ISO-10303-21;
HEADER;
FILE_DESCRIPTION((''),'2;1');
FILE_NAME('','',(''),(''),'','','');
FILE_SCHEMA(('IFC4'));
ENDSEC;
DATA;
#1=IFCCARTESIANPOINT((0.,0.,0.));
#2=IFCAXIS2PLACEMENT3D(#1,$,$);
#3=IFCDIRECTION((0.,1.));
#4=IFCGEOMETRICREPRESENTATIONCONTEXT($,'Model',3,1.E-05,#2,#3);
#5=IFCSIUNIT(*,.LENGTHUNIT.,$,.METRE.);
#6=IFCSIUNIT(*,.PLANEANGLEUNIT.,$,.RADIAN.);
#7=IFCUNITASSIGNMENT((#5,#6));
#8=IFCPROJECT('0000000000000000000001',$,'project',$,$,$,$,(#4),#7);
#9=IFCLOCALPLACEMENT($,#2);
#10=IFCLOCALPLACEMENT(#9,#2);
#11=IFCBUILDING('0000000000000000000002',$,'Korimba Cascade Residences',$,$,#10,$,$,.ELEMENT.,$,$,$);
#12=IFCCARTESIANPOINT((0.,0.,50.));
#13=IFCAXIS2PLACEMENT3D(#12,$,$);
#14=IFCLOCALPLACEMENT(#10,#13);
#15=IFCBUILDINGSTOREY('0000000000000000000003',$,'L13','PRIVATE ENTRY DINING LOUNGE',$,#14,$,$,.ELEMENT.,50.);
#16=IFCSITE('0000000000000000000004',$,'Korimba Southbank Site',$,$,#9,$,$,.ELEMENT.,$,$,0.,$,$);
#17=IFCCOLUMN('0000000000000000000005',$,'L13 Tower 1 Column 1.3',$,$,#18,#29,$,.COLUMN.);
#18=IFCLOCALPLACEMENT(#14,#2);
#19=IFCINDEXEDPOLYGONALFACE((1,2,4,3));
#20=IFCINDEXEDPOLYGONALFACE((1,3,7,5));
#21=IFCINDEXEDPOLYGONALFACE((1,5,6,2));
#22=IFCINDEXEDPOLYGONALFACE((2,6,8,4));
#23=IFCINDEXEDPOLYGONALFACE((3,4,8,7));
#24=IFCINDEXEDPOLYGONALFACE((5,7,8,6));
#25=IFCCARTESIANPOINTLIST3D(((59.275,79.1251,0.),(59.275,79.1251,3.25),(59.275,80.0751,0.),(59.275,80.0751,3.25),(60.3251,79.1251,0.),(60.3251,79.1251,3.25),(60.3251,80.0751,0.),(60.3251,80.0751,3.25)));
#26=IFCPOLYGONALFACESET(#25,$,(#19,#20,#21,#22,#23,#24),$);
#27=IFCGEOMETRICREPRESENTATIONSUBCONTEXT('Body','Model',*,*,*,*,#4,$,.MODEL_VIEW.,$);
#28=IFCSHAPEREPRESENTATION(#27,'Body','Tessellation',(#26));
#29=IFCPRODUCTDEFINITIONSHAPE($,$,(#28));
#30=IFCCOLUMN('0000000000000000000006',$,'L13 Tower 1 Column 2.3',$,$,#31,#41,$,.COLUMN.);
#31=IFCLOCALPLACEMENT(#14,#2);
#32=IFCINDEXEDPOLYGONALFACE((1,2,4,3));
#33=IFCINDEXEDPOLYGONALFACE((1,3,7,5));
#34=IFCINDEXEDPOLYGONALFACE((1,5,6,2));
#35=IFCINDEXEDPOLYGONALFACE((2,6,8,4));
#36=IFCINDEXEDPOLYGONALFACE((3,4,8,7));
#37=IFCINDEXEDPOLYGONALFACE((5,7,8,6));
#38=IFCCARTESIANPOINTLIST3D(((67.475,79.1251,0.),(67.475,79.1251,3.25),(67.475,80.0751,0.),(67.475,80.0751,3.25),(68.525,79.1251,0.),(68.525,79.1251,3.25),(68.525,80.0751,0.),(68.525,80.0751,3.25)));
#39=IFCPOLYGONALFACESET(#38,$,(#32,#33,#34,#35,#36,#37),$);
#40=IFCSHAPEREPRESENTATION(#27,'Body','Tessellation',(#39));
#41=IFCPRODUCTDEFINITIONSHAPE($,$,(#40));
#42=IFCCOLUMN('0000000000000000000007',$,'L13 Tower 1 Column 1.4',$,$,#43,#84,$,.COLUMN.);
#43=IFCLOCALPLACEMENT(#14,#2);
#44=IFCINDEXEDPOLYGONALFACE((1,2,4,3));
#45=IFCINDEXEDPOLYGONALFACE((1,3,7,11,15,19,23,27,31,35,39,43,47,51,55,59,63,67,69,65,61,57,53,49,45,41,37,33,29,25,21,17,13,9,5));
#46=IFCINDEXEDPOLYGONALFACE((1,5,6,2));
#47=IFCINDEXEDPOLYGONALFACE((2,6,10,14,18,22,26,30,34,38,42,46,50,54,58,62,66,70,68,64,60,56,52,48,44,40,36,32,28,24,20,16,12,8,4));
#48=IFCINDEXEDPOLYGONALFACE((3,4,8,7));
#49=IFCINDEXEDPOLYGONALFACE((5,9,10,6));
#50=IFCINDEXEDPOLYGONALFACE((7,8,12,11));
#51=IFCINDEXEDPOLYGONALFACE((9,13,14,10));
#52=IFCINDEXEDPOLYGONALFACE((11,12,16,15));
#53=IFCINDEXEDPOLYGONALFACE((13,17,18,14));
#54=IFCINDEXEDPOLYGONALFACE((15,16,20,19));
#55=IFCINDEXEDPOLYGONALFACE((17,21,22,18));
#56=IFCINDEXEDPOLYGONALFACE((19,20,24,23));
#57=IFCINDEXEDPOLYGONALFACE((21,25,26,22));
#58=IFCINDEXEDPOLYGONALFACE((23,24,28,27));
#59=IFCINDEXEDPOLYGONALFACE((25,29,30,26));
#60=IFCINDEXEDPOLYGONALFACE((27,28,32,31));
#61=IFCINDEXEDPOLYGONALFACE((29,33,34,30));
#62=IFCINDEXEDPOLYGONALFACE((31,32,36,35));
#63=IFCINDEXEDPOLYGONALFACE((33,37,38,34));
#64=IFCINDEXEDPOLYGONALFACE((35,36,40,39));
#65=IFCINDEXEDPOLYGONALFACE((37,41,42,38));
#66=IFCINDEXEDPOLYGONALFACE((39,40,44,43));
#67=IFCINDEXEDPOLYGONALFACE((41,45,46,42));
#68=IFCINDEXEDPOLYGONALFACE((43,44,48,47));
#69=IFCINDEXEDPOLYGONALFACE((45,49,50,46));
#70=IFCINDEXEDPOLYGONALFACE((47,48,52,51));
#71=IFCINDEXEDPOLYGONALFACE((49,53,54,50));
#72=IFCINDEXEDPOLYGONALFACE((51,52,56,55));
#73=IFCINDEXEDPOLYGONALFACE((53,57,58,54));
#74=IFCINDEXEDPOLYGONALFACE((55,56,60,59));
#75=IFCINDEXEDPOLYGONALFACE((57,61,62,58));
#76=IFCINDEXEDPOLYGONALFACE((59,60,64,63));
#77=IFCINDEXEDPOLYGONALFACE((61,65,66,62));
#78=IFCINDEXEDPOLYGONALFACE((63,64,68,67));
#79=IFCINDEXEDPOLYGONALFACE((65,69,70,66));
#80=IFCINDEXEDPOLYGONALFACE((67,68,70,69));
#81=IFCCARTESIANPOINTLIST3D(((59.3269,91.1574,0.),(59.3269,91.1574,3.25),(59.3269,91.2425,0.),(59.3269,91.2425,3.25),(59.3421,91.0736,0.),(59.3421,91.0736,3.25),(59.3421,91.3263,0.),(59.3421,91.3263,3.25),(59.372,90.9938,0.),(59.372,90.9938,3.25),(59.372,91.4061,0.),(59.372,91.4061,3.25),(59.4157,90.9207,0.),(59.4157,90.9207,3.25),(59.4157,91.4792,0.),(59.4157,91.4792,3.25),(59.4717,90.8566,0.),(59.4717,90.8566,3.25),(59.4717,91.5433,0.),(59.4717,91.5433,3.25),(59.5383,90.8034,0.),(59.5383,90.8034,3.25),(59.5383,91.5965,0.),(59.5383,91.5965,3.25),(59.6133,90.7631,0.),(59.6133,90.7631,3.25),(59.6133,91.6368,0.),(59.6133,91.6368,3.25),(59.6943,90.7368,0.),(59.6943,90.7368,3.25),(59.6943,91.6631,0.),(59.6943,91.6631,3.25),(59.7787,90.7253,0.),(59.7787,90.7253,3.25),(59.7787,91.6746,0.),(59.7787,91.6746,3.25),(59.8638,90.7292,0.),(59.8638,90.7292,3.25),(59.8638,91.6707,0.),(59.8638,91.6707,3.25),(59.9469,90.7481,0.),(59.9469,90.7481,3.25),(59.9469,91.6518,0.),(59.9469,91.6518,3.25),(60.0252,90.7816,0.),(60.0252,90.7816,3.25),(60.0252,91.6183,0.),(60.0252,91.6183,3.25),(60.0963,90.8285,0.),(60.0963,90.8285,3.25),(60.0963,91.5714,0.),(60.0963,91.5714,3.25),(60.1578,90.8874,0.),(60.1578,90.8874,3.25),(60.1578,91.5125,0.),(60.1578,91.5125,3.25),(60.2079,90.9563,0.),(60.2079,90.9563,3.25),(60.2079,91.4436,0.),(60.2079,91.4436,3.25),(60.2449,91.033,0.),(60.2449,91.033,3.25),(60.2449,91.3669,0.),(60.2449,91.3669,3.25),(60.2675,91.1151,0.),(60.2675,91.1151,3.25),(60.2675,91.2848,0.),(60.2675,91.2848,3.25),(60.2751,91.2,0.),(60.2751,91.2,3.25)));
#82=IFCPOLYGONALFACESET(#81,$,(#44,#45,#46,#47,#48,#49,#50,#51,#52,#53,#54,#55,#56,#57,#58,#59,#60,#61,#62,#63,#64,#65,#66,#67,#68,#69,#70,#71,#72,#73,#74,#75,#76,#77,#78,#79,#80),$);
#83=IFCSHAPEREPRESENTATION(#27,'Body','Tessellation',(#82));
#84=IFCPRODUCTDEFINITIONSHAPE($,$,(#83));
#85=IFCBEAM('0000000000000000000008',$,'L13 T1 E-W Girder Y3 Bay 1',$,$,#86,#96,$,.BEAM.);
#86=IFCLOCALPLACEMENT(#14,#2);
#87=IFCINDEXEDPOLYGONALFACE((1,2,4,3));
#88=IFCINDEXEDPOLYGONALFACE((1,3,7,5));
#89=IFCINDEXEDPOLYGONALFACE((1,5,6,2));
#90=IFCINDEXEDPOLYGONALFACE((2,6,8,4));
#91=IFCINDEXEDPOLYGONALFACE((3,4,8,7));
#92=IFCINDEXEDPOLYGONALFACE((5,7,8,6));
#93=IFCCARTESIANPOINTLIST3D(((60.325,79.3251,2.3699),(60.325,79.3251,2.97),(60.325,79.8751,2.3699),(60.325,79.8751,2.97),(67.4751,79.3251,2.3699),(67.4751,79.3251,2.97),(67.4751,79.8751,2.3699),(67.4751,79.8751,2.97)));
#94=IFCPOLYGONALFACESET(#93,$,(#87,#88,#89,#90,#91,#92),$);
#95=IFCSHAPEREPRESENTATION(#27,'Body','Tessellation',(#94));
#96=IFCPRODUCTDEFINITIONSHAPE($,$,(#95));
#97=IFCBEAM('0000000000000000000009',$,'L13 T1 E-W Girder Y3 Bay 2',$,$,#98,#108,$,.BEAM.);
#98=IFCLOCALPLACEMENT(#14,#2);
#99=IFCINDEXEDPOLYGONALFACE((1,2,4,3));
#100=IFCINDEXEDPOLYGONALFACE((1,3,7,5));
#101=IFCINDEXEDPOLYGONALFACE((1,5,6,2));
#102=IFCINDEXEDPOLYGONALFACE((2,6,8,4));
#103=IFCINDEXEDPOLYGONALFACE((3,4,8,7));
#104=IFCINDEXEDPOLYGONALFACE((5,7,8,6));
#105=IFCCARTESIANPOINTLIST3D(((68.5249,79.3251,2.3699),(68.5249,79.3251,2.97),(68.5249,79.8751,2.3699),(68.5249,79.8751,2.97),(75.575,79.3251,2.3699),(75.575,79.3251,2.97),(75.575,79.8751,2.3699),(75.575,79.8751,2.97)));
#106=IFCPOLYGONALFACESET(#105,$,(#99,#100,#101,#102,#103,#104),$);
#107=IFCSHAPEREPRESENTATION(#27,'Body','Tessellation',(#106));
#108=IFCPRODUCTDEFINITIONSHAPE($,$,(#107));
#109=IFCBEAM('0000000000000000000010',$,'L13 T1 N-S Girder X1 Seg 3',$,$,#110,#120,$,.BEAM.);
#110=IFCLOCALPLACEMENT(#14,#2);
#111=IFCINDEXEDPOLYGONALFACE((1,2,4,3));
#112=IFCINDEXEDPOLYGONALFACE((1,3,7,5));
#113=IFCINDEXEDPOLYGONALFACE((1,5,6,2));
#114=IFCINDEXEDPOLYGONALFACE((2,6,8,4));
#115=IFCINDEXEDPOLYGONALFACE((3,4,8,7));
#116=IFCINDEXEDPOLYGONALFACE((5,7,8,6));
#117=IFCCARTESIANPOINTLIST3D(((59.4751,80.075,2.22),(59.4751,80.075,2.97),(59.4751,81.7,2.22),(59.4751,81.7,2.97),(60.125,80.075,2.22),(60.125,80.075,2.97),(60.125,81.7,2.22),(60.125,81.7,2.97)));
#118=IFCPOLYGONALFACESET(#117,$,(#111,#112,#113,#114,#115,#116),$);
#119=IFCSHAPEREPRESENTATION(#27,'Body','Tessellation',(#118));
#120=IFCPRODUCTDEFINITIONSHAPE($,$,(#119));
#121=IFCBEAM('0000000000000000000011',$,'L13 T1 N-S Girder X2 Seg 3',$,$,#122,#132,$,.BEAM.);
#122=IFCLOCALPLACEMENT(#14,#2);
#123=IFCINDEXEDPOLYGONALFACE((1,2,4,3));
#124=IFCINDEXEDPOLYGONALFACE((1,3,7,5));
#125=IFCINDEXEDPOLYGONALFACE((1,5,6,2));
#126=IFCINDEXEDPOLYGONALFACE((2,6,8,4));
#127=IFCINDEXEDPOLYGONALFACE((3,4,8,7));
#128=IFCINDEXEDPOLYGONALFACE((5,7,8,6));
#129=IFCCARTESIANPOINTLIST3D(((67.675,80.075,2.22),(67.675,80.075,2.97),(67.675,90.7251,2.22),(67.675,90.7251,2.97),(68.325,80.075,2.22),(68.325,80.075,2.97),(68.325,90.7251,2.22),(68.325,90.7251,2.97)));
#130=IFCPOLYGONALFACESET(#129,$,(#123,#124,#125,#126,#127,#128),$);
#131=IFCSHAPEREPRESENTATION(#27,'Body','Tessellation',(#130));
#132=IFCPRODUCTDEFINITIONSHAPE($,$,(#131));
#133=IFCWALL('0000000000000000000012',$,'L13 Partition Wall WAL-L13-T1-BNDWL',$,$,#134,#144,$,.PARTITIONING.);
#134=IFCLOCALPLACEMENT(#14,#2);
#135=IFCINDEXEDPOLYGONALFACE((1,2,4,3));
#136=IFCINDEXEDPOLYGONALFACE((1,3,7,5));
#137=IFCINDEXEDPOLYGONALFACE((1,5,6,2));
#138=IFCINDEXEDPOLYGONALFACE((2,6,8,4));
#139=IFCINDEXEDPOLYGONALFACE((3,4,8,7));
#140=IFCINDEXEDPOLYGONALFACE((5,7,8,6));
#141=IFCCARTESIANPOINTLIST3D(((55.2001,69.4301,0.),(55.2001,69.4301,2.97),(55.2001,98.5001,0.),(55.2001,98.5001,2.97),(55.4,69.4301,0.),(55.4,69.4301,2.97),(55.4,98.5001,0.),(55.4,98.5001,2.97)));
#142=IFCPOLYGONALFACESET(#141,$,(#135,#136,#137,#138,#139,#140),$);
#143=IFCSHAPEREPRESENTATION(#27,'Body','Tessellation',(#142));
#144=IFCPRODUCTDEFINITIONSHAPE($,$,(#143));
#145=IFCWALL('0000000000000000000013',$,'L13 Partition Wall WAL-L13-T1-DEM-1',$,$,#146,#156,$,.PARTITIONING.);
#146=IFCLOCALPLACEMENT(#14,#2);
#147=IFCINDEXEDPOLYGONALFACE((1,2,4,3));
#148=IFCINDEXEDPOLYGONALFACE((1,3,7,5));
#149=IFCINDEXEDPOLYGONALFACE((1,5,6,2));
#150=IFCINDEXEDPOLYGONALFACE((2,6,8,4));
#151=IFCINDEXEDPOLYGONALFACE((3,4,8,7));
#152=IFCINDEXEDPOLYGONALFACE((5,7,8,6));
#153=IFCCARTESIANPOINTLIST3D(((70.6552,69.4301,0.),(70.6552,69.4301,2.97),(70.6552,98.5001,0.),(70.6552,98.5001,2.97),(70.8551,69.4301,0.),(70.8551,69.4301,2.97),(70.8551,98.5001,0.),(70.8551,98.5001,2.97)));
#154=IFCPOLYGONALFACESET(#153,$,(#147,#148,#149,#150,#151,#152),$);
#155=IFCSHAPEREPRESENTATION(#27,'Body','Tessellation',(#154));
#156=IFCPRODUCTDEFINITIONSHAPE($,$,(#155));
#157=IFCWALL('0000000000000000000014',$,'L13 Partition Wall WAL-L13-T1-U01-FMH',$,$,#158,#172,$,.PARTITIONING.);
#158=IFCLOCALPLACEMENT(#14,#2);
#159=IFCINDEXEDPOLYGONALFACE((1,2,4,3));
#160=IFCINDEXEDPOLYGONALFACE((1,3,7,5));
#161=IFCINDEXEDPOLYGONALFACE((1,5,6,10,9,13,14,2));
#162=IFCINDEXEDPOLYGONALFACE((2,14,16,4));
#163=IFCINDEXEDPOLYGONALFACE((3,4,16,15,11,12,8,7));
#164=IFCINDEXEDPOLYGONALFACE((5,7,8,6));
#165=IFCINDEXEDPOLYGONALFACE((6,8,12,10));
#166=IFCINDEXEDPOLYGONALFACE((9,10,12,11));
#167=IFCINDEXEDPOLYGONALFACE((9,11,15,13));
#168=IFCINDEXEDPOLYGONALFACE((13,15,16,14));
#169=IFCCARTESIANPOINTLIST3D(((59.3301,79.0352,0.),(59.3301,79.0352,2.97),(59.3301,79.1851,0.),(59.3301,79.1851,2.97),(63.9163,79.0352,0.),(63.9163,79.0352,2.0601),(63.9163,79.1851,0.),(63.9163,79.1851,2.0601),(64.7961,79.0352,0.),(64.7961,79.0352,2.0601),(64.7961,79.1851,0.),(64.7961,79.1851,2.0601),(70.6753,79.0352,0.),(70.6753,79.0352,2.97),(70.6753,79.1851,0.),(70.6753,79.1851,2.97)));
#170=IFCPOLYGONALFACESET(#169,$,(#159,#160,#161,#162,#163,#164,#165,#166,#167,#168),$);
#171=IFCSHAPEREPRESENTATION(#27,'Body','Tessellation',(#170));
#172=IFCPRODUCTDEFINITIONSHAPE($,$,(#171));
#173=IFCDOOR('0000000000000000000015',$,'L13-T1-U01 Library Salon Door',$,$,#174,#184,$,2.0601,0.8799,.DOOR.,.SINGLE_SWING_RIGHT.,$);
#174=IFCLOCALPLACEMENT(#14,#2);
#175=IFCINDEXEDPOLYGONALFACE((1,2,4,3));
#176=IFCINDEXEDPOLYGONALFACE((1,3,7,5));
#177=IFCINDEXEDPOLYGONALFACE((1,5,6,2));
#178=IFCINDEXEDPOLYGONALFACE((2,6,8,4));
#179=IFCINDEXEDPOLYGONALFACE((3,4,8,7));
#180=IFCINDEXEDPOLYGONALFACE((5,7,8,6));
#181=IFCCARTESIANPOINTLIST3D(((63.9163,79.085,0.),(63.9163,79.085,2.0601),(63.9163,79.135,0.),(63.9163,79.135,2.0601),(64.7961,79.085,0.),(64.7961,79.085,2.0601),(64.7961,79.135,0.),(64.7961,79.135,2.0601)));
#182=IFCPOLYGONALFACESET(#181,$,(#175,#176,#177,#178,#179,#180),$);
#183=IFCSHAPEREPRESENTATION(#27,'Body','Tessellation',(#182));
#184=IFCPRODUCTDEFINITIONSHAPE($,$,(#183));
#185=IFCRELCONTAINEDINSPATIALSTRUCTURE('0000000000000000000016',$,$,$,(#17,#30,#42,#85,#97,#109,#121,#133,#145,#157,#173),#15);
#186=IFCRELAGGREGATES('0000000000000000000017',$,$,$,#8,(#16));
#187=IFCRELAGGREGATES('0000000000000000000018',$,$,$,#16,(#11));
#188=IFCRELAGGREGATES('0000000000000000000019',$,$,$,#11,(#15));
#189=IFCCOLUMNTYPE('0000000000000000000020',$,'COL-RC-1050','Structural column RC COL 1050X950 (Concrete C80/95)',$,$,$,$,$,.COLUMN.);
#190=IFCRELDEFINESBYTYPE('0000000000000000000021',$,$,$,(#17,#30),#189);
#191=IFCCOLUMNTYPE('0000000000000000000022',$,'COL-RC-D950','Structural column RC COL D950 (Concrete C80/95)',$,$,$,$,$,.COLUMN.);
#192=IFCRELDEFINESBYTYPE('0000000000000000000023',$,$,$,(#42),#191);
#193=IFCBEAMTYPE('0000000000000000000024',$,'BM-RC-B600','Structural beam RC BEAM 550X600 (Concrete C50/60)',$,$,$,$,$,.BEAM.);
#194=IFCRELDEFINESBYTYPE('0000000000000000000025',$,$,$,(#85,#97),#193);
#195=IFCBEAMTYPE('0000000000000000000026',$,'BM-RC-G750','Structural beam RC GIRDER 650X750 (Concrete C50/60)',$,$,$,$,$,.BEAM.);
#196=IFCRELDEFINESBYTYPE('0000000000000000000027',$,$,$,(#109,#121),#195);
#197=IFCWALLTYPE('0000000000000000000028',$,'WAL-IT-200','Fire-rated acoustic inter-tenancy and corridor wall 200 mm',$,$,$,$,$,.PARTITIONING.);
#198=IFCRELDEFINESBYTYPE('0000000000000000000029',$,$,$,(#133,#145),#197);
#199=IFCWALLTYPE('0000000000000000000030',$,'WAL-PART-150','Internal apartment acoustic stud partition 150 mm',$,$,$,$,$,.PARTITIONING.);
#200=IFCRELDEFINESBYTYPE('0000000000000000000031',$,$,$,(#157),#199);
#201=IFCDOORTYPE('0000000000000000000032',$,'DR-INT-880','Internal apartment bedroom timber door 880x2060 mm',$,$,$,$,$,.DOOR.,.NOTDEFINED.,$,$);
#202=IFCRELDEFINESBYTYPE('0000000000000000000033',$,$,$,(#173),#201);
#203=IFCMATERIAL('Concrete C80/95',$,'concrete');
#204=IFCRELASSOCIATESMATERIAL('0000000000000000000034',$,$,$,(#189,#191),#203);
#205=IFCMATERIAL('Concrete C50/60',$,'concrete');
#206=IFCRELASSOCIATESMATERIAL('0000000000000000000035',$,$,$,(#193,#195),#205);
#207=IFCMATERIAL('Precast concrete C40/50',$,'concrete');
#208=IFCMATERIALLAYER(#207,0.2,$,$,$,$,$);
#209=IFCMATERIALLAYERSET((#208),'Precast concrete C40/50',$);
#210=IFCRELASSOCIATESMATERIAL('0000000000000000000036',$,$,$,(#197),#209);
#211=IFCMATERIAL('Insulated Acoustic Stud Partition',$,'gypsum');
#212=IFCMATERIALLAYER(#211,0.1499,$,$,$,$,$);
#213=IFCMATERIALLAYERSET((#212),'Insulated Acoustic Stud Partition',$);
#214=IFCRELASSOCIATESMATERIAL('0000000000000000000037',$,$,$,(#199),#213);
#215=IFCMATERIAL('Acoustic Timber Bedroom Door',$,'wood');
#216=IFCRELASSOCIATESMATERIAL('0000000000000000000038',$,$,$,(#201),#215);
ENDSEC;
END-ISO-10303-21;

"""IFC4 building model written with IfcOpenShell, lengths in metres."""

from ifc_helpers import new_model, si_unit, direction, frame, frame_2d, origin, origin_2d, place, context, subcontext, project, spatial, rectangle, circle, extrude, material, layer, layer_set, material_profile, profile_set, type_object, element, fill, save


model = new_model("IFC4")

# Units and contexts
model_context = context("Model", 3, precision=1e-05, world=origin(), true_north=direction((0.0, 1.0)))
body_context = subcontext(model_context, "Body", "Model", "MODEL_VIEW")
ifc_project = project(units=[si_unit("LENGTHUNIT", "METRE"), si_unit("PLANEANGLEUNIT", "RADIAN")], contexts=[model_context])

# Site, building, storey
site_placement = place(None, origin())
site = spatial("IfcSite", under=ifc_project, at=site_placement, Name="Korimba Southbank Site", CompositionType="ELEMENT", RefElevation=0.0)
building_placement = place(site_placement, origin())
building = spatial("IfcBuilding", under=site, at=building_placement, Name="Korimba Cascade Residences", CompositionType="ELEMENT")
storey_placement = place(building_placement, frame((0.0, 0.0, 50.0)))
storey = spatial("IfcBuildingStorey", under=building, at=storey_placement, Name="L13", Description="PRIVATE ENTRY DINING LOUNGE", CompositionType="ELEMENT", Elevation=50.0)

# Columns
ifc_material_1 = material(Name="Concrete C80/95", Category="concrete")
ifc_material_profile_1 = material_profile(ifc_material_1, rectangle(XDim=1.05, YDim=0.95, at=origin_2d()), Name="Concrete C80/95")
ifc_profile_set_1 = profile_set([ifc_material_profile_1], Name="Concrete C80/95")
column_type_1 = type_object("IfcColumnType", Name="COL-RC-1050", Description="Structural column RC COL 1050X950 (Concrete C80/95)", PredefinedType="COLUMN", material=ifc_profile_set_1)
for number, where, z_axis, x_axis, name in (
    (1, (59.8, 79.6001, 0.0), (0.0, 0.0, 1.0), (1.0, 0.0, 0.0), "L13 Tower 1 Column 1.3"),
    (2, (68.0, 79.6001, 0.0), (0.0, 0.0, 1.0), (1.0, 0.0, 0.0), "L13 Tower 1 Column 2.3"),
):
    element("IfcColumn", number, at=place(storey_placement, frame(where, z_axis=z_axis, x_axis=x_axis)), inside=storey, type_object=column_type_1, Name=name, PredefinedType="COLUMN", context=body_context, shape_type="SweptSolid", body=[
        extrude(rectangle(XDim=1.05, YDim=0.95, at=origin_2d()), origin(), (0.0, 0.0, 1.0), 3.25),
    ])
ifc_material_profile_2 = material_profile(ifc_material_1, circle(Radius=0.4751, at=origin_2d()), Name="Concrete C80/95")
ifc_profile_set_2 = profile_set([ifc_material_profile_2], Name="Concrete C80/95")
column_type_2 = type_object("IfcColumnType", Name="COL-RC-D950", Description="Structural column RC COL D950 (Concrete C80/95)", PredefinedType="COLUMN", material=ifc_profile_set_2)
column_placement = place(storey_placement, frame((59.8, 91.2, 0.0), z_axis=(0.0, 0.0, 1.0), x_axis=(1.0, 0.0, 0.0)))
element("IfcColumn", 3, at=column_placement, inside=storey, type_object=column_type_2, Name="L13 Tower 1 Column 1.4", PredefinedType="COLUMN", context=body_context, shape_type="SweptSolid", body=[
    extrude(circle(Radius=0.4751, at=origin_2d()), origin(), (0.0, 0.0, 1.0), 3.25),
])

# Beams
ifc_material_2 = material(Name="Concrete C50/60", Category="concrete")
ifc_material_profile_3 = material_profile(ifc_material_2, rectangle(XDim=0.55, YDim=0.6001, at=origin_2d()), Name="Concrete C50/60")
ifc_profile_set_3 = profile_set([ifc_material_profile_3], Name="Concrete C50/60")
beam_type_1 = type_object("IfcBeamType", Name="BM-RC-B600", Description="Structural beam RC BEAM 550X600 (Concrete C50/60)", PredefinedType="BEAM", material=ifc_profile_set_3)
beam_1_placement = place(storey_placement, frame((60.325, 79.6001, 2.6699), z_axis=(1.0, 0.0, 0.0), x_axis=(0.0, 1.0, 0.0)))
element("IfcBeam", 4, at=beam_1_placement, inside=storey, type_object=beam_type_1, Name="L13 T1 E-W Girder Y3 Bay 1", PredefinedType="BEAM", context=body_context, shape_type="SweptSolid", body=[
    extrude(rectangle(XDim=0.55, YDim=0.6001, at=origin_2d()), origin(), (0.0, 0.0, 1.0), 7.1501),
])
beam_2_placement = place(storey_placement, frame((68.5249, 79.6001, 2.6699), z_axis=(1.0, 0.0, 0.0), x_axis=(0.0, 1.0, 0.0)))
element("IfcBeam", 5, at=beam_2_placement, inside=storey, type_object=beam_type_1, Name="L13 T1 E-W Girder Y3 Bay 2", PredefinedType="BEAM", context=body_context, shape_type="SweptSolid", body=[
    extrude(rectangle(XDim=0.55, YDim=0.6001, at=origin_2d()), origin(), (0.0, 0.0, 1.0), 7.05),
])
ifc_material_profile_4 = material_profile(ifc_material_2, rectangle(XDim=0.6499, YDim=0.75, at=origin_2d()), Name="Concrete C50/60")
ifc_profile_set_4 = profile_set([ifc_material_profile_4], Name="Concrete C50/60")
beam_type_2 = type_object("IfcBeamType", Name="BM-RC-G750", Description="Structural beam RC GIRDER 650X750 (Concrete C50/60)", PredefinedType="BEAM", material=ifc_profile_set_4)
beam_3_placement = place(storey_placement, frame((59.8, 80.075, 2.595), z_axis=(0.0, 1.0, 0.0), x_axis=(-1.0, 0.0, 0.0)))
element("IfcBeam", 6, at=beam_3_placement, inside=storey, type_object=beam_type_2, Name="L13 T1 N-S Girder X1 Seg 3", PredefinedType="BEAM", context=body_context, shape_type="SweptSolid", body=[
    extrude(rectangle(XDim=0.6499, YDim=0.75, at=origin_2d()), origin(), (0.0, 0.0, 1.0), 1.625),
])
beam_4_placement = place(storey_placement, frame((68.0, 80.075, 2.595), z_axis=(0.0, 1.0, 0.0), x_axis=(-1.0, 0.0, 0.0)))
element("IfcBeam", 7, at=beam_4_placement, inside=storey, type_object=beam_type_2, Name="L13 T1 N-S Girder X2 Seg 3", PredefinedType="BEAM", context=body_context, shape_type="SweptSolid", body=[
    extrude(rectangle(XDim=0.6499, YDim=0.75, at=origin_2d()), origin(), (0.0, 0.0, 1.0), 10.6501),
])

# Walls
ifc_material_3 = material(Name="Precast concrete C40/50", Category="concrete")
ifc_layer_1 = layer(ifc_material_3, 0.2)
ifc_layer_set_1 = layer_set([ifc_layer_1], Name="Precast concrete C40/50")
wall_type_1 = type_object("IfcWallType", Name="WAL-IT-200", Description="Fire-rated acoustic inter-tenancy and corridor wall 200 mm", PredefinedType="PARTITIONING", material=ifc_layer_set_1)
for number, where, z_axis, x_axis, name in (
    (8, (55.3, 69.4299, 0.0), (0.0, 0.0, 1.0), (0.0, 1.0, 0.0), "L13 Partition Wall WAL-L13-T1-BNDWL"),
    (9, (70.7551, 69.4299, 0.0), (0.0, 0.0, 1.0), (0.0, 1.0, 0.0), "L13 Partition Wall WAL-L13-T1-DEM-1"),
):
    element("IfcWall", number, at=place(storey_placement, frame(where, z_axis=z_axis, x_axis=x_axis)), inside=storey, type_object=wall_type_1, Name=name, PredefinedType="PARTITIONING", context=body_context, shape_type="SweptSolid", body=[
        extrude(rectangle(XDim=29.0701, YDim=0.2, at=frame_2d((14.5352, 0.0))), origin(), (0.0, 0.0, 1.0), 2.97),
    ])

# Wall, opening, door
ifc_material_4 = material(Name="Insulated Acoustic Stud Partition", Category="gypsum")
ifc_layer_2 = layer(ifc_material_4, 0.1499)
ifc_layer_set_2 = layer_set([ifc_layer_2], Name="Insulated Acoustic Stud Partition")
wall_type_2 = type_object("IfcWallType", Name="WAL-PART-150", Description="Internal apartment acoustic stud partition 150 mm", PredefinedType="PARTITIONING", material=ifc_layer_set_2)
wall_1_placement = place(storey_placement, frame((59.3301, 79.1101, 0.0), z_axis=(0.0, 0.0, 1.0), x_axis=(1.0, 0.0, 0.0)))
wall_1 = element("IfcWall", 10, at=wall_1_placement, inside=storey, type_object=wall_type_2, Name="L13 Partition Wall WAL-L13-T1-U01-FMH", PredefinedType="PARTITIONING", context=body_context, shape_type="SweptSolid", body=[
    extrude(rectangle(XDim=11.3452, YDim=0.1499, at=frame_2d((5.6726, 0.0))), origin(), (0.0, 0.0, 1.0), 2.97),
])
opening_1_placement = place(wall_1_placement, frame((4.5862, 0.0, 0.0)))
opening_1 = element("IfcOpeningElement", 11, at=opening_1_placement, cuts=wall_1, PredefinedType="OPENING", context=body_context, shape_type="SweptSolid", body=[
    extrude(rectangle(XDim=0.8799, YDim=2.0601, at=frame_2d((0.4399, 1.03))), frame((0.0, 0.085, 0.0), z_axis=(0.0, -1.0, 0.0), x_axis=(1.0, 0.0, 0.0)), (0.0, 0.0, 1.0), 0.1699),
])
ifc_material_5 = material(Name="Acoustic Timber Bedroom Door", Category="wood")
door_type_1 = type_object("IfcDoorType", Name="DR-INT-880", Description="Internal apartment bedroom timber door 880x2060 mm", OperationType="NOTDEFINED", PredefinedType="DOOR", material=ifc_material_5)
door_1_placement = place(opening_1_placement, origin())
door_1 = element("IfcDoor", 12, at=door_1_placement, inside=storey, type_object=door_type_1, Name="L13-T1-U01 Library Salon Door", OperationType="SINGLE_SWING_RIGHT", OverallHeight=2.0601, OverallWidth=0.8799, PredefinedType="DOOR", context=body_context, shape_type="SweptSolid", body=[
    extrude(rectangle(XDim=0.8799, YDim=2.0601, at=frame_2d((0.4399, 1.03))), frame((0.0, 0.0249, 0.0), z_axis=(0.0, -1.0, 0.0), x_axis=(1.0, 0.0, 0.0)), (0.0, 0.0, 1.0), 0.05),
])
fill(opening_1, door_1)

save(model, "model.ifc")
